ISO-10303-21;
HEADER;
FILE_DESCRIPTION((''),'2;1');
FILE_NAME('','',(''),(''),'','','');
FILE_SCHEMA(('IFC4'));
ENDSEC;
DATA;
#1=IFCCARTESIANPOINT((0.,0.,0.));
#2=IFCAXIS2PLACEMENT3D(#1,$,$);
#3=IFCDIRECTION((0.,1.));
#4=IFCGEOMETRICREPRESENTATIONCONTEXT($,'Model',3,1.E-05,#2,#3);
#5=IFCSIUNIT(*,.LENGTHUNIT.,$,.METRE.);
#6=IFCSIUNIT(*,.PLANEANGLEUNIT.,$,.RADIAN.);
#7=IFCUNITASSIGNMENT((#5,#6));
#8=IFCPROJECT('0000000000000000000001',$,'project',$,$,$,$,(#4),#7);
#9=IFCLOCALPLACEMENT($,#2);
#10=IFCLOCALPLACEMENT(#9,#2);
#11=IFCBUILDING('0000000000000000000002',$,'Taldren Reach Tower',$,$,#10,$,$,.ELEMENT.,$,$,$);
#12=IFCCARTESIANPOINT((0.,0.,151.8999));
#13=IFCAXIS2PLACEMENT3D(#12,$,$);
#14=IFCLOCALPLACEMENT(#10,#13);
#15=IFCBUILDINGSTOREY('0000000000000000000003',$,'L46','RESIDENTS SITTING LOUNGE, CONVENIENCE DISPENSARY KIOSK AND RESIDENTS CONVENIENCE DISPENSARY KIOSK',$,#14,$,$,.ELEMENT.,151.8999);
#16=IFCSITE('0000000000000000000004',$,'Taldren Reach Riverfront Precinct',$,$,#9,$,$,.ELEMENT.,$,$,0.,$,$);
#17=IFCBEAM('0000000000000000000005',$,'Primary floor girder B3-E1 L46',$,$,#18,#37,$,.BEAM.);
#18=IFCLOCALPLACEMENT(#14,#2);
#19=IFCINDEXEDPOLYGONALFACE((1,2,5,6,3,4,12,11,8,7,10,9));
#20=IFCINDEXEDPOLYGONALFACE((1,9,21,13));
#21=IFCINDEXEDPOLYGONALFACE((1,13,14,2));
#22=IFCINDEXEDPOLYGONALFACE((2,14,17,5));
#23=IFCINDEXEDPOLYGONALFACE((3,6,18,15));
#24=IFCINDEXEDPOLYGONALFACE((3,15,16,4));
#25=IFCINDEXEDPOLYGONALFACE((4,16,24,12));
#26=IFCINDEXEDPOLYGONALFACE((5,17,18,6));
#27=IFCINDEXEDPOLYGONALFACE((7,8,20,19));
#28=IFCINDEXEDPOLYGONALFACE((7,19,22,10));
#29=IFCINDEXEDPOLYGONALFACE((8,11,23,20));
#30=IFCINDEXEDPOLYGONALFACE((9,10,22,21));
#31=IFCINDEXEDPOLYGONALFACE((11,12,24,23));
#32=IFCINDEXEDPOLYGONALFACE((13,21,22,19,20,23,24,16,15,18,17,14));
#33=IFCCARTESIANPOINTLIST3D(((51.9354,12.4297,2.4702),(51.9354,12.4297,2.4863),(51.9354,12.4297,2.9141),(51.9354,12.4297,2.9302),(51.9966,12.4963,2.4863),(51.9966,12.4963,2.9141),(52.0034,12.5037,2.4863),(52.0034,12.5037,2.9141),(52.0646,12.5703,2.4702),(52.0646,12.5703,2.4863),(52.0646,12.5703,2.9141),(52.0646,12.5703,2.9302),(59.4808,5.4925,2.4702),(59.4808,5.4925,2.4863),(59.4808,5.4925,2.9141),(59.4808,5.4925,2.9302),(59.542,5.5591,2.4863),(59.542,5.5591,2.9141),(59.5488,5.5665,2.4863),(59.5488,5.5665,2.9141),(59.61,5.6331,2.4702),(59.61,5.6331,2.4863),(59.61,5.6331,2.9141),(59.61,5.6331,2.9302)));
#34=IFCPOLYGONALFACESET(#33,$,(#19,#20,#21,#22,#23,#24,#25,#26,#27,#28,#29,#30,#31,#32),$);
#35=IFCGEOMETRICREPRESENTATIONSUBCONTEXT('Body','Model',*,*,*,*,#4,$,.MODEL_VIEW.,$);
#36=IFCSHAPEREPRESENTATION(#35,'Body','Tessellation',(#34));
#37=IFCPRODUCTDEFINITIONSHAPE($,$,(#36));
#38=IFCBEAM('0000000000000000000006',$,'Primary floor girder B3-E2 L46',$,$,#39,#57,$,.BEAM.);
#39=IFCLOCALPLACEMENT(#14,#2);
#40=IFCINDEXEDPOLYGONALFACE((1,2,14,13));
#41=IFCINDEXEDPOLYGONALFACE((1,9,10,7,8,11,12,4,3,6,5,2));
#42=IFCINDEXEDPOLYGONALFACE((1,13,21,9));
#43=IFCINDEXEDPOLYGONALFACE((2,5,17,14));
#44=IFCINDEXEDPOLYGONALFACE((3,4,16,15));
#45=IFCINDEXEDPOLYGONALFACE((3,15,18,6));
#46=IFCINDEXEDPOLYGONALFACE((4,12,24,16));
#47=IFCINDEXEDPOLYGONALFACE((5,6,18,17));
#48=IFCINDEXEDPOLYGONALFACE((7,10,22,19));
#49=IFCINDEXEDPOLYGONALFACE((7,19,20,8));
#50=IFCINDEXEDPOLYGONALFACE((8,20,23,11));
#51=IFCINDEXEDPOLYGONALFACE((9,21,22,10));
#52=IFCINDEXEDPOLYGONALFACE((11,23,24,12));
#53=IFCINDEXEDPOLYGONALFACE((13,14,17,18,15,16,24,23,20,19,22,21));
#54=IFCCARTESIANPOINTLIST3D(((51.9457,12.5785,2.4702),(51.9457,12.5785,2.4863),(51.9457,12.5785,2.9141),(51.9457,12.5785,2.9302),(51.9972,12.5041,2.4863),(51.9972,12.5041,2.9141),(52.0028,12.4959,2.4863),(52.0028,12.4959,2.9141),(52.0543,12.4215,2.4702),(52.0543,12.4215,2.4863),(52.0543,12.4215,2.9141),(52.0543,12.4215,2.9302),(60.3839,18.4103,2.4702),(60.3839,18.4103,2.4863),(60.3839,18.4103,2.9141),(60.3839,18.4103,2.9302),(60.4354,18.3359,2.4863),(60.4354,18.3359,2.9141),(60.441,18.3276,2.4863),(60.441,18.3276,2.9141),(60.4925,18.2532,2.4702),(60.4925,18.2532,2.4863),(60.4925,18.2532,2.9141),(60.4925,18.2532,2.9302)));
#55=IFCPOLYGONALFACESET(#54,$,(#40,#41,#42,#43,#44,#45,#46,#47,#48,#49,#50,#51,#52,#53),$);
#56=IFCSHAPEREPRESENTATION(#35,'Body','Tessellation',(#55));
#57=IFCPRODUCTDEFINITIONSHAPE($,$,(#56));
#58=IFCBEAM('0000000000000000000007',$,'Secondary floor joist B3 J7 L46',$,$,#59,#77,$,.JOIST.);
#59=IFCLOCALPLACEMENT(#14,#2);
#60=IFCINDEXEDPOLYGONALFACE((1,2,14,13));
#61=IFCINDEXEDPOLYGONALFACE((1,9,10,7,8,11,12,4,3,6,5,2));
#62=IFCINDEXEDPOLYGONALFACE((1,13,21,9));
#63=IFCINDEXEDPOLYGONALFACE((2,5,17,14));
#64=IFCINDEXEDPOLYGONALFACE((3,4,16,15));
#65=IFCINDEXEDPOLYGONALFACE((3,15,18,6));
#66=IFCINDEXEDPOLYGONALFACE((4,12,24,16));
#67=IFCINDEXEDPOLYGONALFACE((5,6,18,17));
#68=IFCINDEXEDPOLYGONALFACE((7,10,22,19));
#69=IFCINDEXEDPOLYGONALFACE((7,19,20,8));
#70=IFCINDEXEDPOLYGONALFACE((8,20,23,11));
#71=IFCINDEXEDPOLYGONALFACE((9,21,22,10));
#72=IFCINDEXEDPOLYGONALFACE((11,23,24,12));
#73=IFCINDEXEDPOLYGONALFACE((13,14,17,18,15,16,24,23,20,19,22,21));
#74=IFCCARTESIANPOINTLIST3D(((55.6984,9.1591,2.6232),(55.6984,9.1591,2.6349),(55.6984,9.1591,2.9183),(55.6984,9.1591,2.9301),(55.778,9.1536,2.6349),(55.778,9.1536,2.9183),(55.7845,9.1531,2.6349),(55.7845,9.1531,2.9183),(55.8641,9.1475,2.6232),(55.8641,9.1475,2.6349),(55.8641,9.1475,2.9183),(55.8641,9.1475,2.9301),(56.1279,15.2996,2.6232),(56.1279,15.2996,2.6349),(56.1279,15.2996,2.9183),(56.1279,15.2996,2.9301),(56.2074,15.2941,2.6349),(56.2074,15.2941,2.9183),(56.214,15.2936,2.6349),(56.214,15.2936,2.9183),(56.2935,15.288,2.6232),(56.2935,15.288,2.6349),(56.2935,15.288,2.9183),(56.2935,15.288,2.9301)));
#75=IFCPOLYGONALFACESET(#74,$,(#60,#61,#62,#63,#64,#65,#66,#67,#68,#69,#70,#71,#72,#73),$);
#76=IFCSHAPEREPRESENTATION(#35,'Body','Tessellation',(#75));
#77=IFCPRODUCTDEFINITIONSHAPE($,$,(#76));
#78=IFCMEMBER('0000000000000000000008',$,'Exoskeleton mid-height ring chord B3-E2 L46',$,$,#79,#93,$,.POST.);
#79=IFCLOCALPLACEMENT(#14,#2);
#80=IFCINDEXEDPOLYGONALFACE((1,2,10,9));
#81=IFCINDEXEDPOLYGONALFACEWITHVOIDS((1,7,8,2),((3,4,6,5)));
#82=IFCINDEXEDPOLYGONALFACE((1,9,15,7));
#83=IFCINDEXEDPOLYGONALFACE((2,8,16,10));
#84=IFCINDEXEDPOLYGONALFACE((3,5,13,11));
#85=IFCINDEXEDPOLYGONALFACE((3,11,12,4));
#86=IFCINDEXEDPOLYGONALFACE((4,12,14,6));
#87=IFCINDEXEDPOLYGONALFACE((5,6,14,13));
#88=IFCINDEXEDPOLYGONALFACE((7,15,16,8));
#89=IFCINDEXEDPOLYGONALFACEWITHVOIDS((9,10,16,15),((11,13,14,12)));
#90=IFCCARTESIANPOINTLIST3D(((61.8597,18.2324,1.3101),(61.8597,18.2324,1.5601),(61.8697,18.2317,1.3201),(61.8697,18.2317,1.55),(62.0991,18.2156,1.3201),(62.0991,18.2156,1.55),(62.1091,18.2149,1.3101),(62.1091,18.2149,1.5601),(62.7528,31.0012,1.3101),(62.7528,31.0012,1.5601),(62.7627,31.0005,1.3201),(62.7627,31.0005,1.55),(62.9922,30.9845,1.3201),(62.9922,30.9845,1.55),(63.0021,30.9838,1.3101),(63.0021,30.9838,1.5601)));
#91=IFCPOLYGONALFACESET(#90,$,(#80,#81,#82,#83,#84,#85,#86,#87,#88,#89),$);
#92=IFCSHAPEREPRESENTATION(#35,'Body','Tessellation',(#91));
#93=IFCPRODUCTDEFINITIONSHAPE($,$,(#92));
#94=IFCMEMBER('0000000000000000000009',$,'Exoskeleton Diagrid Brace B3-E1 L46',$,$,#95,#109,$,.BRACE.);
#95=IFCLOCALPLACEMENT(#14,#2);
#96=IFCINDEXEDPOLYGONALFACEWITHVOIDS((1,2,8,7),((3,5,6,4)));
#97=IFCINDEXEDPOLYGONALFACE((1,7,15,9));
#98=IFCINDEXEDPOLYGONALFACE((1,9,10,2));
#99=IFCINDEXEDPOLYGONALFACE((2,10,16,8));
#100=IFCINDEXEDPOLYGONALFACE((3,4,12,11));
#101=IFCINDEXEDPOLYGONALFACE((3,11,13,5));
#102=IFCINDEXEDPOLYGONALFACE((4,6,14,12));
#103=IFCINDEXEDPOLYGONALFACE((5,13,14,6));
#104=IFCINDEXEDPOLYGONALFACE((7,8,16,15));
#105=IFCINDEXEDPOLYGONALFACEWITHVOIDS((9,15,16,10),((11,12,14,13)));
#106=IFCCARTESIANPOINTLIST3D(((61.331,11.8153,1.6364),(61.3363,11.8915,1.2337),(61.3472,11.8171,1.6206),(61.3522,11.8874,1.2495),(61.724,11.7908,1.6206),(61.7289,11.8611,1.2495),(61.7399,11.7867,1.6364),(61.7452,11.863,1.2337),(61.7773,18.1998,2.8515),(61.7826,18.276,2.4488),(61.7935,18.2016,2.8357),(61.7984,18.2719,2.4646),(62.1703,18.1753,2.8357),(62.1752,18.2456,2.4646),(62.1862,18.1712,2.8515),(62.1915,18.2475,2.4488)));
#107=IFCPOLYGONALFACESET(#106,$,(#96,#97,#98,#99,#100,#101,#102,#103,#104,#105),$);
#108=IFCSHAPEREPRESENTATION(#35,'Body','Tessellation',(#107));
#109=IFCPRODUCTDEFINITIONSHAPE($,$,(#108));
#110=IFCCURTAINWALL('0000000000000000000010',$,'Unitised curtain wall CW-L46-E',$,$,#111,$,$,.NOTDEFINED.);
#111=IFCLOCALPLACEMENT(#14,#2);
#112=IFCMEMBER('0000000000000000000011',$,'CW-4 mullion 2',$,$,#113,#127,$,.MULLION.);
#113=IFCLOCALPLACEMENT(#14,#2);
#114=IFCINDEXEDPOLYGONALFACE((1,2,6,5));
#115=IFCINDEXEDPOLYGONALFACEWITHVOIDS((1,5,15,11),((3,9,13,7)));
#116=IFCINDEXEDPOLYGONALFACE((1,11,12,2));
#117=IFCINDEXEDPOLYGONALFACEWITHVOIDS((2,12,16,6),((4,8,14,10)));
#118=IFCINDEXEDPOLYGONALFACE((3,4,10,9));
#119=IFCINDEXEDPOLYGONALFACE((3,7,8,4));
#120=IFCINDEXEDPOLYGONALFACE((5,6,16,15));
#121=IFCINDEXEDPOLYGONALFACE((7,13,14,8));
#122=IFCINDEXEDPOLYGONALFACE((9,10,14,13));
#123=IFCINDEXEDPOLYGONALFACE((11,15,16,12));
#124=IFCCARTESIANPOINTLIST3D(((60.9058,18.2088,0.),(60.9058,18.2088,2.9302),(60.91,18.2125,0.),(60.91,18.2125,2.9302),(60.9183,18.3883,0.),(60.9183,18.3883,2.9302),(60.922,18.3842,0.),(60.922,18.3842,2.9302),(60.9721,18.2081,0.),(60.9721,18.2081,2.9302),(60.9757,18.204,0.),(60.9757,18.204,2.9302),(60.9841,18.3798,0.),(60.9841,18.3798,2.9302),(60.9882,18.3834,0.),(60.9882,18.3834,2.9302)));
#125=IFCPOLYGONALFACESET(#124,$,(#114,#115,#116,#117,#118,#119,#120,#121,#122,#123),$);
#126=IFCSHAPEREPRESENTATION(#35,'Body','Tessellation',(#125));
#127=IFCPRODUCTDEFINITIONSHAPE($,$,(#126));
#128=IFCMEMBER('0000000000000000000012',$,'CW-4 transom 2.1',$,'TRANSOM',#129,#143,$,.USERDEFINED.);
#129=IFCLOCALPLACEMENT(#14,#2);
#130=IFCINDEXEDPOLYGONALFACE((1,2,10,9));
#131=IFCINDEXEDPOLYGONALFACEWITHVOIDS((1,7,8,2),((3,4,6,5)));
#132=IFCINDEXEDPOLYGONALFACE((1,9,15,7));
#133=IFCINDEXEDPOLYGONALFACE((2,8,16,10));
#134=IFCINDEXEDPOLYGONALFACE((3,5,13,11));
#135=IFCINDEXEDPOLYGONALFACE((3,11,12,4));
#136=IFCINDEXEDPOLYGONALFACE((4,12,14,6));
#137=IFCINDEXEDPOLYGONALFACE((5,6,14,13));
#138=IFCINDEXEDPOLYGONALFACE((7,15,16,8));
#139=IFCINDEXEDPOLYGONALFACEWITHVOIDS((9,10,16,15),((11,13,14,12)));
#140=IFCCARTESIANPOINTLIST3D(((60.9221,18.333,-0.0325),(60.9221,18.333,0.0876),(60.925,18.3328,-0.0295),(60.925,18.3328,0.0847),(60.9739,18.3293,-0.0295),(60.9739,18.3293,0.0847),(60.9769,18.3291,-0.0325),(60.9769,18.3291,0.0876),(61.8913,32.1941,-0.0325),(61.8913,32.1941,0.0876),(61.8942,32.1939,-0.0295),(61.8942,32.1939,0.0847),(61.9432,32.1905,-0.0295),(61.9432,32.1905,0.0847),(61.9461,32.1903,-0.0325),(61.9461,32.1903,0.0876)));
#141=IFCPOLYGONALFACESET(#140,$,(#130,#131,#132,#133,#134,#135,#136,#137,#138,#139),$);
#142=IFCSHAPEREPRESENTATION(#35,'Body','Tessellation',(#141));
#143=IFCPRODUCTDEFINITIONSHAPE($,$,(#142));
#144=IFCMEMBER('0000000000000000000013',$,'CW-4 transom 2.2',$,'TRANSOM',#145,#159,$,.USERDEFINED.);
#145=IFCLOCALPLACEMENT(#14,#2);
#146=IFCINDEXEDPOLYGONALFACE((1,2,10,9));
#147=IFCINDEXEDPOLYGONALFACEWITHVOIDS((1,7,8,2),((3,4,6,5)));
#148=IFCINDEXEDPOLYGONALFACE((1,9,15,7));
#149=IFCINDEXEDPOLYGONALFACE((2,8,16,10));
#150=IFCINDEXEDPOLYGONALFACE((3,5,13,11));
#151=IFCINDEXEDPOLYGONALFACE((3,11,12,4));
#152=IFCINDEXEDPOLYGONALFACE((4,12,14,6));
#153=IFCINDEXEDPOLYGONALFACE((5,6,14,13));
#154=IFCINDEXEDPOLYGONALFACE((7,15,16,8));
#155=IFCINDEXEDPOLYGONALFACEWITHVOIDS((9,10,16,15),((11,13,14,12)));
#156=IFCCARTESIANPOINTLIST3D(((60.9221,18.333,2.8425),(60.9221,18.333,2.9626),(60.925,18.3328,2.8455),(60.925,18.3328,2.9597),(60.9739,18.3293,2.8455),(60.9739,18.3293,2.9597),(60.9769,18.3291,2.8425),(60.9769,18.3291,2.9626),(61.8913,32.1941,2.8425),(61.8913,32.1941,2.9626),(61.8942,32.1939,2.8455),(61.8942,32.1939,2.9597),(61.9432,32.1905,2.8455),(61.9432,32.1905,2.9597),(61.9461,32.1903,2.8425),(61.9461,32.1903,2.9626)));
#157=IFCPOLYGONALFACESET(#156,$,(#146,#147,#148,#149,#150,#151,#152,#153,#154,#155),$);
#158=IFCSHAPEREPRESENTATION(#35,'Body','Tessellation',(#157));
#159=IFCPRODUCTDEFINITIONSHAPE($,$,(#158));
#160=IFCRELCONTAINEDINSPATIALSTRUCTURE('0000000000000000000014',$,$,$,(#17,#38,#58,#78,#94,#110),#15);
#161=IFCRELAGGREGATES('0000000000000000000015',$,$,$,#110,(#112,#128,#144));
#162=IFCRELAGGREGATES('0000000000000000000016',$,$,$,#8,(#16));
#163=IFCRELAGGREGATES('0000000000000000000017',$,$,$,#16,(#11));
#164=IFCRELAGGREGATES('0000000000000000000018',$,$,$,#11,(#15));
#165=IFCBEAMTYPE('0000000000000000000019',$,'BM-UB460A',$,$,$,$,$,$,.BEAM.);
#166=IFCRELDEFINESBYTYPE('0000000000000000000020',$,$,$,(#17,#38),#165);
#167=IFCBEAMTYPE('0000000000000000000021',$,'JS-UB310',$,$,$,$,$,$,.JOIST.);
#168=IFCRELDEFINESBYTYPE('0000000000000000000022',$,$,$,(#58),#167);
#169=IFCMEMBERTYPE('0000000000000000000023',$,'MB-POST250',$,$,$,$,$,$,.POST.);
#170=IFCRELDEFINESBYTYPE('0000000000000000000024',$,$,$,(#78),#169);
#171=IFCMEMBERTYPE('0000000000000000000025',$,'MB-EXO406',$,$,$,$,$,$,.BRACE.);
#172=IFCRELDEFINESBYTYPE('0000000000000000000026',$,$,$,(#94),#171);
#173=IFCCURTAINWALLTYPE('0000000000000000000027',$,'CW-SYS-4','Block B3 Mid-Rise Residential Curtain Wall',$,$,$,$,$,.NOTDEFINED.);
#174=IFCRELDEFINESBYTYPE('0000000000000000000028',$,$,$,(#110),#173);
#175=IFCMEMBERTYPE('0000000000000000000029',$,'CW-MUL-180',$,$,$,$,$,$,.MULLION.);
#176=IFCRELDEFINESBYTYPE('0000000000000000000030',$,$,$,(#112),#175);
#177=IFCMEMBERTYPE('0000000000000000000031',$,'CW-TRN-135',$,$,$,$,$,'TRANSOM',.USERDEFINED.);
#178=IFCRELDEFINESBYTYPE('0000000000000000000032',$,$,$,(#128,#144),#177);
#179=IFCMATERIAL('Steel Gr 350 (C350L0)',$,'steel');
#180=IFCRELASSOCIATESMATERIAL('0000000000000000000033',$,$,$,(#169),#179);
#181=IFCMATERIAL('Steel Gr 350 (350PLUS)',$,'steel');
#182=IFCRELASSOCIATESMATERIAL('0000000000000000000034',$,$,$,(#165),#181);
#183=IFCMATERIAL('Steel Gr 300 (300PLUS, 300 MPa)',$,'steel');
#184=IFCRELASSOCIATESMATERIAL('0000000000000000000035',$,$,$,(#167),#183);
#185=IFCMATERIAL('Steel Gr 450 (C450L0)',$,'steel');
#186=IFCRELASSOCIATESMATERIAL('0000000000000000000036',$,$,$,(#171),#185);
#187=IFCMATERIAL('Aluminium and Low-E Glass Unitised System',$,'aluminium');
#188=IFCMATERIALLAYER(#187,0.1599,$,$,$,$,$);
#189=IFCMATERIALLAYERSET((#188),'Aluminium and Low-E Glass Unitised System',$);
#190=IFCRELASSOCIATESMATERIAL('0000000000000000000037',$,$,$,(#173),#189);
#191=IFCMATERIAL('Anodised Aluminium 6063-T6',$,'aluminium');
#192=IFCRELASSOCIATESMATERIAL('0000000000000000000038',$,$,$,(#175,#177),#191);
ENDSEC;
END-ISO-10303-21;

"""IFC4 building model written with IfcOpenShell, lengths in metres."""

from ifc_helpers import new_model, si_unit, direction, frame, origin, origin_2d, place, context, subcontext, project, spatial, hollow_rectangle, i_section, extrude, source, transform, mapped, material, layer, layer_set, material_profile, profile_set, type_object, element, aggregate, save


model = new_model("IFC4")

# Units and contexts
model_context = context("Model", 3, precision=1e-05, world=origin(), true_north=direction((0.0, 1.0)))
body_context = subcontext(model_context, "Body", "Model", "MODEL_VIEW")
ifc_project = project(units=[si_unit("LENGTHUNIT", "METRE"), si_unit("PLANEANGLEUNIT", "RADIAN")], contexts=[model_context])

# Site, building, storey
site_placement = place(None, origin())
site = spatial("IfcSite", under=ifc_project, at=site_placement, Name="Taldren Reach Riverfront Precinct", CompositionType="ELEMENT", RefElevation=0.0)
building_placement = place(site_placement, origin())
building = spatial("IfcBuilding", under=site, at=building_placement, Name="Taldren Reach Tower", CompositionType="ELEMENT")
storey_placement = place(building_placement, frame((0.0, 0.0, 151.8999)))
storey = spatial("IfcBuildingStorey", under=building, at=storey_placement, Name="L46", Description="RESIDENTS SITTING LOUNGE, CONVENIENCE DISPENSARY KIOSK AND RESIDENTS CONVENIENCE DISPENSARY KIOSK", CompositionType="ELEMENT", Elevation=151.8999)

# Shared definitions
ifc_material_1 = material(Name="Steel Gr 350 (350PLUS)", Category="steel")

# Shared definitions
ifc_material_2 = material(Name="Steel Gr 450 (C450L0)", Category="steel")
ifc_material_3 = material(Name="Steel Gr 350 (C350L0)", Category="steel")
ifc_material_profile_1 = material_profile(ifc_material_3, hollow_rectangle(XDim=0.25, YDim=0.25, WallThickness=0.01, at=origin_2d()), Name="250x250x10.0SHS")
ifc_profile_set_1 = profile_set([ifc_material_profile_1], Name="Steel Gr 350 (C350L0)")
member_type_1 = type_object("IfcMemberType", Name="MB-POST250", PredefinedType="POST", material=ifc_profile_set_1)

# Beams
ifc_material_profile_2 = material_profile(ifc_material_1, i_section(OverallWidth=0.1909, OverallDepth=0.46, WebThickness=0.01, FlangeThickness=0.0161, at=origin_2d()), Name="460UB82.1")
ifc_profile_set_2 = profile_set([ifc_material_profile_2], Name="Steel Gr 350 (350PLUS)")
beam_type_1 = type_object("IfcBeamType", Name="BM-UB460A", PredefinedType="BEAM", material=ifc_profile_set_2)
shared_shape_1 = source(origin(), body_context, "Body", "SweptSolid", [
    extrude(i_section(OverallWidth=0.1909, OverallDepth=0.46, WebThickness=0.01, FlangeThickness=0.0161, at=origin_2d()), origin(), (0.0, 0.0, 1.0), 10.2498),
])
beam_1_placement = place(storey_placement, frame((52.0, 12.5, 2.7002), z_axis=(0.736151, -0.676818, 0.0), x_axis=(0.676818, 0.736151, 0.0)))
element("IfcBeam", 1, at=beam_1_placement, inside=storey, type_object=beam_type_1, Name="Primary floor girder B3-E1 L46", PredefinedType="BEAM", context=body_context, shape_type="MappedRepresentation", body=[
    mapped(shared_shape_1, transform((0.0, 0.0, 0.0), scale=1.0)),
])
shared_shape_2 = source(origin(), body_context, "Body", "SweptSolid", [
    extrude(i_section(OverallWidth=0.1909, OverallDepth=0.46, WebThickness=0.01, FlangeThickness=0.0161, at=origin_2d()), origin(), (0.0, 0.0, 1.0), 10.2573),
])
beam_2_placement = place(storey_placement, frame((52.0, 12.5, 2.7002), z_axis=(0.822651, 0.568546, 0.0), x_axis=(-0.568546, 0.822651, 0.0)))
element("IfcBeam", 2, at=beam_2_placement, inside=storey, type_object=beam_type_1, Name="Primary floor girder B3-E2 L46", PredefinedType="BEAM", context=body_context, shape_type="MappedRepresentation", body=[
    mapped(shared_shape_2, transform((0.0, 0.0, 0.0), scale=1.0)),
])
ifc_material_4 = material(Name="Steel Gr 300 (300PLUS, 300 MPa)", Category="steel")
ifc_material_profile_3 = material_profile(ifc_material_4, i_section(OverallWidth=0.166, OverallDepth=0.3069, WebThickness=0.0066, FlangeThickness=0.0117, at=origin_2d()), Name="310UB46.2")
ifc_profile_set_3 = profile_set([ifc_material_profile_3], Name="Steel Gr 300 (300PLUS, 300 MPa)")
beam_type_2 = type_object("IfcBeamType", Name="JS-UB310", PredefinedType="JOIST", material=ifc_profile_set_3)
shared_shape_3 = source(origin(), body_context, "Body", "SweptSolid", [
    extrude(i_section(OverallWidth=0.166, OverallDepth=0.3069, WebThickness=0.0066, FlangeThickness=0.0117, at=origin_2d()), origin(), (0.0, 0.0, 1.0), 6.1555),
])
beam_3_placement = place(storey_placement, frame((55.7812, 9.1533, 2.7766), z_axis=(0.069764, 0.997563, 0.0), x_axis=(-0.997563, 0.069764, 0.0)))
element("IfcBeam", 3, at=beam_3_placement, inside=storey, type_object=beam_type_2, Name="Secondary floor joist B3 J7 L46", PredefinedType="JOIST", context=body_context, shape_type="MappedRepresentation", body=[
    mapped(shared_shape_3, transform((0.0, 0.0, 0.0), scale=1.0)),
])

# Members
shared_shape_4 = source(origin(), body_context, "Body", "SweptSolid", [
    extrude(hollow_rectangle(XDim=0.25, YDim=0.25, WallThickness=0.01, at=origin_2d()), origin(), (0.0, 0.0, 1.0), 12.8),
])
member_1_placement = place(storey_placement, frame((61.9844, 18.2236, 1.4351), z_axis=(0.069771, 0.997563, 0.0), x_axis=(-0.997563, 0.069771, 0.0)))
element("IfcMember", 4, at=member_1_placement, inside=storey, type_object=member_type_1, Name="Exoskeleton mid-height ring chord B3-E2 L46", PredefinedType="POST", context=body_context, shape_type="MappedRepresentation", body=[
    mapped(shared_shape_4, transform((0.0, 0.0, 0.0), scale=1.0)),
])
ifc_material_profile_4 = material_profile(ifc_material_2, hollow_rectangle(XDim=0.4099, YDim=0.4099, WallThickness=0.0161, at=origin_2d()), Name="410x410x16.0SHS")
ifc_profile_set_4 = profile_set([ifc_material_profile_4], Name="Steel Gr 450 (C450L0)")
member_type_2 = type_object("IfcMemberType", Name="MB-EXO406", PredefinedType="BRACE", material=ifc_profile_set_4)
shared_shape_5 = source(origin(), body_context, "Body", "SweptSolid", [
    extrude(hollow_rectangle(XDim=0.4099, YDim=0.4099, WallThickness=0.0161, at=origin_2d()), origin(), (0.0, 0.0, 1.0), 6.5144),
])
member_2_placement = place(storey_placement, frame((61.5381, 11.8391, 1.4351), z_axis=(0.068508, 0.980059, 0.186523), x_axis=(-0.997566, 0.069732, 0.0)))
element("IfcMember", 5, at=member_2_placement, inside=storey, type_object=member_type_2, Name="Exoskeleton Diagrid Brace B3-E1 L46", PredefinedType="BRACE", context=body_context, shape_type="MappedRepresentation", body=[
    mapped(shared_shape_5, transform((0.0, 0.0, 0.0), scale=1.0)),
])

# Curtain wall, members
ifc_material_5 = material(Name="Aluminium and Low-E Glass Unitised System", Category="aluminium")
ifc_layer_1 = layer(ifc_material_5, 0.1599)
ifc_layer_set_1 = layer_set([ifc_layer_1], Name="Aluminium and Low-E Glass Unitised System")
curtain_wall_type = type_object("IfcCurtainWallType", Name="CW-SYS-4", Description="Block B3 Mid-Rise Residential Curtain Wall", PredefinedType="NOTDEFINED", material=ifc_layer_set_1)
curtain_wall_placement = place(storey_placement, origin())
curtain_wall = element("IfcCurtainWall", 6, at=curtain_wall_placement, inside=storey, type_object=curtain_wall_type, Name="Unitised curtain wall CW-L46-E", PredefinedType="NOTDEFINED")
ifc_material_6 = material(Name="Anodised Aluminium 6063-T6", Category="aluminium")
ifc_material_profile_5 = material_profile(ifc_material_6, hollow_rectangle(XDim=0.0701, YDim=0.1799, WallThickness=0.0039, at=origin_2d()), Name="ALU-180x70x4RHS")
ifc_profile_set_5 = profile_set([ifc_material_profile_5], Name="Anodised Aluminium 6063-T6")
member_type_3 = type_object("IfcMemberType", Name="CW-MUL-180", PredefinedType="MULLION", material=ifc_profile_set_5)
shared_shape_6 = source(origin(), body_context, "Body", "SweptSolid", [
    extrude(hollow_rectangle(XDim=0.0701, YDim=0.1799, WallThickness=0.0039, at=origin_2d()), origin(), (0.0, 0.0, 1.0), 2.9302),
])
member_3_placement = place(storey_placement, frame((60.947, 18.2961, 0.0), z_axis=(0.0, 0.0, 1.0), x_axis=(-0.997564, 0.069756, 0.0)))
member_3 = element("IfcMember", 7, at=member_3_placement, type_object=member_type_3, Name="CW-4 mullion 2", PredefinedType="MULLION", context=body_context, shape_type="MappedRepresentation", body=[
    mapped(shared_shape_6, transform((0.0, 0.0, 0.0), scale=1.0)),
])
ifc_material_profile_6 = material_profile(ifc_material_6, hollow_rectangle(XDim=0.0549, YDim=0.1201, WallThickness=0.0029, at=origin_2d()), Name="ALU-120x55x3RHS")
ifc_profile_set_6 = profile_set([ifc_material_profile_6], Name="Anodised Aluminium 6063-T6")
member_type_4 = type_object("IfcMemberType", Name="CW-TRN-135", ElementType="TRANSOM", PredefinedType="USERDEFINED", material=ifc_profile_set_6)
shared_shape_7 = source(origin(), body_context, "Body", "SweptSolid", [
    extrude(hollow_rectangle(XDim=0.0549, YDim=0.1201, WallThickness=0.0029, at=origin_2d()), origin(), (0.0, 0.0, 1.0), 13.895),
])
member_4_placement = place(storey_placement, frame((60.9495, 18.3311, 0.0276), z_axis=(0.069755, 0.997564, 0.0), x_axis=(-0.997564, 0.069755, 0.0)))
member_4 = element("IfcMember", 8, at=member_4_placement, type_object=member_type_4, Name="CW-4 transom 2.1", ObjectType="TRANSOM", PredefinedType="USERDEFINED", context=body_context, shape_type="MappedRepresentation", body=[
    mapped(shared_shape_7, transform((0.0, 0.0, 0.0), scale=1.0)),
])
member_5_placement = place(storey_placement, frame((60.9495, 18.3311, 2.9026), z_axis=(0.069755, 0.997564, 0.0), x_axis=(-0.997564, 0.069755, 0.0)))
member_5 = element("IfcMember", 9, at=member_5_placement, type_object=member_type_4, Name="CW-4 transom 2.2", ObjectType="TRANSOM", PredefinedType="USERDEFINED", context=body_context, shape_type="MappedRepresentation", body=[
    mapped(shared_shape_7, transform((0.0, 0.0, 0.0), scale=1.0)),
])

aggregate(curtain_wall, [member_3, member_4, member_5])

save(model, "model.ifc")
